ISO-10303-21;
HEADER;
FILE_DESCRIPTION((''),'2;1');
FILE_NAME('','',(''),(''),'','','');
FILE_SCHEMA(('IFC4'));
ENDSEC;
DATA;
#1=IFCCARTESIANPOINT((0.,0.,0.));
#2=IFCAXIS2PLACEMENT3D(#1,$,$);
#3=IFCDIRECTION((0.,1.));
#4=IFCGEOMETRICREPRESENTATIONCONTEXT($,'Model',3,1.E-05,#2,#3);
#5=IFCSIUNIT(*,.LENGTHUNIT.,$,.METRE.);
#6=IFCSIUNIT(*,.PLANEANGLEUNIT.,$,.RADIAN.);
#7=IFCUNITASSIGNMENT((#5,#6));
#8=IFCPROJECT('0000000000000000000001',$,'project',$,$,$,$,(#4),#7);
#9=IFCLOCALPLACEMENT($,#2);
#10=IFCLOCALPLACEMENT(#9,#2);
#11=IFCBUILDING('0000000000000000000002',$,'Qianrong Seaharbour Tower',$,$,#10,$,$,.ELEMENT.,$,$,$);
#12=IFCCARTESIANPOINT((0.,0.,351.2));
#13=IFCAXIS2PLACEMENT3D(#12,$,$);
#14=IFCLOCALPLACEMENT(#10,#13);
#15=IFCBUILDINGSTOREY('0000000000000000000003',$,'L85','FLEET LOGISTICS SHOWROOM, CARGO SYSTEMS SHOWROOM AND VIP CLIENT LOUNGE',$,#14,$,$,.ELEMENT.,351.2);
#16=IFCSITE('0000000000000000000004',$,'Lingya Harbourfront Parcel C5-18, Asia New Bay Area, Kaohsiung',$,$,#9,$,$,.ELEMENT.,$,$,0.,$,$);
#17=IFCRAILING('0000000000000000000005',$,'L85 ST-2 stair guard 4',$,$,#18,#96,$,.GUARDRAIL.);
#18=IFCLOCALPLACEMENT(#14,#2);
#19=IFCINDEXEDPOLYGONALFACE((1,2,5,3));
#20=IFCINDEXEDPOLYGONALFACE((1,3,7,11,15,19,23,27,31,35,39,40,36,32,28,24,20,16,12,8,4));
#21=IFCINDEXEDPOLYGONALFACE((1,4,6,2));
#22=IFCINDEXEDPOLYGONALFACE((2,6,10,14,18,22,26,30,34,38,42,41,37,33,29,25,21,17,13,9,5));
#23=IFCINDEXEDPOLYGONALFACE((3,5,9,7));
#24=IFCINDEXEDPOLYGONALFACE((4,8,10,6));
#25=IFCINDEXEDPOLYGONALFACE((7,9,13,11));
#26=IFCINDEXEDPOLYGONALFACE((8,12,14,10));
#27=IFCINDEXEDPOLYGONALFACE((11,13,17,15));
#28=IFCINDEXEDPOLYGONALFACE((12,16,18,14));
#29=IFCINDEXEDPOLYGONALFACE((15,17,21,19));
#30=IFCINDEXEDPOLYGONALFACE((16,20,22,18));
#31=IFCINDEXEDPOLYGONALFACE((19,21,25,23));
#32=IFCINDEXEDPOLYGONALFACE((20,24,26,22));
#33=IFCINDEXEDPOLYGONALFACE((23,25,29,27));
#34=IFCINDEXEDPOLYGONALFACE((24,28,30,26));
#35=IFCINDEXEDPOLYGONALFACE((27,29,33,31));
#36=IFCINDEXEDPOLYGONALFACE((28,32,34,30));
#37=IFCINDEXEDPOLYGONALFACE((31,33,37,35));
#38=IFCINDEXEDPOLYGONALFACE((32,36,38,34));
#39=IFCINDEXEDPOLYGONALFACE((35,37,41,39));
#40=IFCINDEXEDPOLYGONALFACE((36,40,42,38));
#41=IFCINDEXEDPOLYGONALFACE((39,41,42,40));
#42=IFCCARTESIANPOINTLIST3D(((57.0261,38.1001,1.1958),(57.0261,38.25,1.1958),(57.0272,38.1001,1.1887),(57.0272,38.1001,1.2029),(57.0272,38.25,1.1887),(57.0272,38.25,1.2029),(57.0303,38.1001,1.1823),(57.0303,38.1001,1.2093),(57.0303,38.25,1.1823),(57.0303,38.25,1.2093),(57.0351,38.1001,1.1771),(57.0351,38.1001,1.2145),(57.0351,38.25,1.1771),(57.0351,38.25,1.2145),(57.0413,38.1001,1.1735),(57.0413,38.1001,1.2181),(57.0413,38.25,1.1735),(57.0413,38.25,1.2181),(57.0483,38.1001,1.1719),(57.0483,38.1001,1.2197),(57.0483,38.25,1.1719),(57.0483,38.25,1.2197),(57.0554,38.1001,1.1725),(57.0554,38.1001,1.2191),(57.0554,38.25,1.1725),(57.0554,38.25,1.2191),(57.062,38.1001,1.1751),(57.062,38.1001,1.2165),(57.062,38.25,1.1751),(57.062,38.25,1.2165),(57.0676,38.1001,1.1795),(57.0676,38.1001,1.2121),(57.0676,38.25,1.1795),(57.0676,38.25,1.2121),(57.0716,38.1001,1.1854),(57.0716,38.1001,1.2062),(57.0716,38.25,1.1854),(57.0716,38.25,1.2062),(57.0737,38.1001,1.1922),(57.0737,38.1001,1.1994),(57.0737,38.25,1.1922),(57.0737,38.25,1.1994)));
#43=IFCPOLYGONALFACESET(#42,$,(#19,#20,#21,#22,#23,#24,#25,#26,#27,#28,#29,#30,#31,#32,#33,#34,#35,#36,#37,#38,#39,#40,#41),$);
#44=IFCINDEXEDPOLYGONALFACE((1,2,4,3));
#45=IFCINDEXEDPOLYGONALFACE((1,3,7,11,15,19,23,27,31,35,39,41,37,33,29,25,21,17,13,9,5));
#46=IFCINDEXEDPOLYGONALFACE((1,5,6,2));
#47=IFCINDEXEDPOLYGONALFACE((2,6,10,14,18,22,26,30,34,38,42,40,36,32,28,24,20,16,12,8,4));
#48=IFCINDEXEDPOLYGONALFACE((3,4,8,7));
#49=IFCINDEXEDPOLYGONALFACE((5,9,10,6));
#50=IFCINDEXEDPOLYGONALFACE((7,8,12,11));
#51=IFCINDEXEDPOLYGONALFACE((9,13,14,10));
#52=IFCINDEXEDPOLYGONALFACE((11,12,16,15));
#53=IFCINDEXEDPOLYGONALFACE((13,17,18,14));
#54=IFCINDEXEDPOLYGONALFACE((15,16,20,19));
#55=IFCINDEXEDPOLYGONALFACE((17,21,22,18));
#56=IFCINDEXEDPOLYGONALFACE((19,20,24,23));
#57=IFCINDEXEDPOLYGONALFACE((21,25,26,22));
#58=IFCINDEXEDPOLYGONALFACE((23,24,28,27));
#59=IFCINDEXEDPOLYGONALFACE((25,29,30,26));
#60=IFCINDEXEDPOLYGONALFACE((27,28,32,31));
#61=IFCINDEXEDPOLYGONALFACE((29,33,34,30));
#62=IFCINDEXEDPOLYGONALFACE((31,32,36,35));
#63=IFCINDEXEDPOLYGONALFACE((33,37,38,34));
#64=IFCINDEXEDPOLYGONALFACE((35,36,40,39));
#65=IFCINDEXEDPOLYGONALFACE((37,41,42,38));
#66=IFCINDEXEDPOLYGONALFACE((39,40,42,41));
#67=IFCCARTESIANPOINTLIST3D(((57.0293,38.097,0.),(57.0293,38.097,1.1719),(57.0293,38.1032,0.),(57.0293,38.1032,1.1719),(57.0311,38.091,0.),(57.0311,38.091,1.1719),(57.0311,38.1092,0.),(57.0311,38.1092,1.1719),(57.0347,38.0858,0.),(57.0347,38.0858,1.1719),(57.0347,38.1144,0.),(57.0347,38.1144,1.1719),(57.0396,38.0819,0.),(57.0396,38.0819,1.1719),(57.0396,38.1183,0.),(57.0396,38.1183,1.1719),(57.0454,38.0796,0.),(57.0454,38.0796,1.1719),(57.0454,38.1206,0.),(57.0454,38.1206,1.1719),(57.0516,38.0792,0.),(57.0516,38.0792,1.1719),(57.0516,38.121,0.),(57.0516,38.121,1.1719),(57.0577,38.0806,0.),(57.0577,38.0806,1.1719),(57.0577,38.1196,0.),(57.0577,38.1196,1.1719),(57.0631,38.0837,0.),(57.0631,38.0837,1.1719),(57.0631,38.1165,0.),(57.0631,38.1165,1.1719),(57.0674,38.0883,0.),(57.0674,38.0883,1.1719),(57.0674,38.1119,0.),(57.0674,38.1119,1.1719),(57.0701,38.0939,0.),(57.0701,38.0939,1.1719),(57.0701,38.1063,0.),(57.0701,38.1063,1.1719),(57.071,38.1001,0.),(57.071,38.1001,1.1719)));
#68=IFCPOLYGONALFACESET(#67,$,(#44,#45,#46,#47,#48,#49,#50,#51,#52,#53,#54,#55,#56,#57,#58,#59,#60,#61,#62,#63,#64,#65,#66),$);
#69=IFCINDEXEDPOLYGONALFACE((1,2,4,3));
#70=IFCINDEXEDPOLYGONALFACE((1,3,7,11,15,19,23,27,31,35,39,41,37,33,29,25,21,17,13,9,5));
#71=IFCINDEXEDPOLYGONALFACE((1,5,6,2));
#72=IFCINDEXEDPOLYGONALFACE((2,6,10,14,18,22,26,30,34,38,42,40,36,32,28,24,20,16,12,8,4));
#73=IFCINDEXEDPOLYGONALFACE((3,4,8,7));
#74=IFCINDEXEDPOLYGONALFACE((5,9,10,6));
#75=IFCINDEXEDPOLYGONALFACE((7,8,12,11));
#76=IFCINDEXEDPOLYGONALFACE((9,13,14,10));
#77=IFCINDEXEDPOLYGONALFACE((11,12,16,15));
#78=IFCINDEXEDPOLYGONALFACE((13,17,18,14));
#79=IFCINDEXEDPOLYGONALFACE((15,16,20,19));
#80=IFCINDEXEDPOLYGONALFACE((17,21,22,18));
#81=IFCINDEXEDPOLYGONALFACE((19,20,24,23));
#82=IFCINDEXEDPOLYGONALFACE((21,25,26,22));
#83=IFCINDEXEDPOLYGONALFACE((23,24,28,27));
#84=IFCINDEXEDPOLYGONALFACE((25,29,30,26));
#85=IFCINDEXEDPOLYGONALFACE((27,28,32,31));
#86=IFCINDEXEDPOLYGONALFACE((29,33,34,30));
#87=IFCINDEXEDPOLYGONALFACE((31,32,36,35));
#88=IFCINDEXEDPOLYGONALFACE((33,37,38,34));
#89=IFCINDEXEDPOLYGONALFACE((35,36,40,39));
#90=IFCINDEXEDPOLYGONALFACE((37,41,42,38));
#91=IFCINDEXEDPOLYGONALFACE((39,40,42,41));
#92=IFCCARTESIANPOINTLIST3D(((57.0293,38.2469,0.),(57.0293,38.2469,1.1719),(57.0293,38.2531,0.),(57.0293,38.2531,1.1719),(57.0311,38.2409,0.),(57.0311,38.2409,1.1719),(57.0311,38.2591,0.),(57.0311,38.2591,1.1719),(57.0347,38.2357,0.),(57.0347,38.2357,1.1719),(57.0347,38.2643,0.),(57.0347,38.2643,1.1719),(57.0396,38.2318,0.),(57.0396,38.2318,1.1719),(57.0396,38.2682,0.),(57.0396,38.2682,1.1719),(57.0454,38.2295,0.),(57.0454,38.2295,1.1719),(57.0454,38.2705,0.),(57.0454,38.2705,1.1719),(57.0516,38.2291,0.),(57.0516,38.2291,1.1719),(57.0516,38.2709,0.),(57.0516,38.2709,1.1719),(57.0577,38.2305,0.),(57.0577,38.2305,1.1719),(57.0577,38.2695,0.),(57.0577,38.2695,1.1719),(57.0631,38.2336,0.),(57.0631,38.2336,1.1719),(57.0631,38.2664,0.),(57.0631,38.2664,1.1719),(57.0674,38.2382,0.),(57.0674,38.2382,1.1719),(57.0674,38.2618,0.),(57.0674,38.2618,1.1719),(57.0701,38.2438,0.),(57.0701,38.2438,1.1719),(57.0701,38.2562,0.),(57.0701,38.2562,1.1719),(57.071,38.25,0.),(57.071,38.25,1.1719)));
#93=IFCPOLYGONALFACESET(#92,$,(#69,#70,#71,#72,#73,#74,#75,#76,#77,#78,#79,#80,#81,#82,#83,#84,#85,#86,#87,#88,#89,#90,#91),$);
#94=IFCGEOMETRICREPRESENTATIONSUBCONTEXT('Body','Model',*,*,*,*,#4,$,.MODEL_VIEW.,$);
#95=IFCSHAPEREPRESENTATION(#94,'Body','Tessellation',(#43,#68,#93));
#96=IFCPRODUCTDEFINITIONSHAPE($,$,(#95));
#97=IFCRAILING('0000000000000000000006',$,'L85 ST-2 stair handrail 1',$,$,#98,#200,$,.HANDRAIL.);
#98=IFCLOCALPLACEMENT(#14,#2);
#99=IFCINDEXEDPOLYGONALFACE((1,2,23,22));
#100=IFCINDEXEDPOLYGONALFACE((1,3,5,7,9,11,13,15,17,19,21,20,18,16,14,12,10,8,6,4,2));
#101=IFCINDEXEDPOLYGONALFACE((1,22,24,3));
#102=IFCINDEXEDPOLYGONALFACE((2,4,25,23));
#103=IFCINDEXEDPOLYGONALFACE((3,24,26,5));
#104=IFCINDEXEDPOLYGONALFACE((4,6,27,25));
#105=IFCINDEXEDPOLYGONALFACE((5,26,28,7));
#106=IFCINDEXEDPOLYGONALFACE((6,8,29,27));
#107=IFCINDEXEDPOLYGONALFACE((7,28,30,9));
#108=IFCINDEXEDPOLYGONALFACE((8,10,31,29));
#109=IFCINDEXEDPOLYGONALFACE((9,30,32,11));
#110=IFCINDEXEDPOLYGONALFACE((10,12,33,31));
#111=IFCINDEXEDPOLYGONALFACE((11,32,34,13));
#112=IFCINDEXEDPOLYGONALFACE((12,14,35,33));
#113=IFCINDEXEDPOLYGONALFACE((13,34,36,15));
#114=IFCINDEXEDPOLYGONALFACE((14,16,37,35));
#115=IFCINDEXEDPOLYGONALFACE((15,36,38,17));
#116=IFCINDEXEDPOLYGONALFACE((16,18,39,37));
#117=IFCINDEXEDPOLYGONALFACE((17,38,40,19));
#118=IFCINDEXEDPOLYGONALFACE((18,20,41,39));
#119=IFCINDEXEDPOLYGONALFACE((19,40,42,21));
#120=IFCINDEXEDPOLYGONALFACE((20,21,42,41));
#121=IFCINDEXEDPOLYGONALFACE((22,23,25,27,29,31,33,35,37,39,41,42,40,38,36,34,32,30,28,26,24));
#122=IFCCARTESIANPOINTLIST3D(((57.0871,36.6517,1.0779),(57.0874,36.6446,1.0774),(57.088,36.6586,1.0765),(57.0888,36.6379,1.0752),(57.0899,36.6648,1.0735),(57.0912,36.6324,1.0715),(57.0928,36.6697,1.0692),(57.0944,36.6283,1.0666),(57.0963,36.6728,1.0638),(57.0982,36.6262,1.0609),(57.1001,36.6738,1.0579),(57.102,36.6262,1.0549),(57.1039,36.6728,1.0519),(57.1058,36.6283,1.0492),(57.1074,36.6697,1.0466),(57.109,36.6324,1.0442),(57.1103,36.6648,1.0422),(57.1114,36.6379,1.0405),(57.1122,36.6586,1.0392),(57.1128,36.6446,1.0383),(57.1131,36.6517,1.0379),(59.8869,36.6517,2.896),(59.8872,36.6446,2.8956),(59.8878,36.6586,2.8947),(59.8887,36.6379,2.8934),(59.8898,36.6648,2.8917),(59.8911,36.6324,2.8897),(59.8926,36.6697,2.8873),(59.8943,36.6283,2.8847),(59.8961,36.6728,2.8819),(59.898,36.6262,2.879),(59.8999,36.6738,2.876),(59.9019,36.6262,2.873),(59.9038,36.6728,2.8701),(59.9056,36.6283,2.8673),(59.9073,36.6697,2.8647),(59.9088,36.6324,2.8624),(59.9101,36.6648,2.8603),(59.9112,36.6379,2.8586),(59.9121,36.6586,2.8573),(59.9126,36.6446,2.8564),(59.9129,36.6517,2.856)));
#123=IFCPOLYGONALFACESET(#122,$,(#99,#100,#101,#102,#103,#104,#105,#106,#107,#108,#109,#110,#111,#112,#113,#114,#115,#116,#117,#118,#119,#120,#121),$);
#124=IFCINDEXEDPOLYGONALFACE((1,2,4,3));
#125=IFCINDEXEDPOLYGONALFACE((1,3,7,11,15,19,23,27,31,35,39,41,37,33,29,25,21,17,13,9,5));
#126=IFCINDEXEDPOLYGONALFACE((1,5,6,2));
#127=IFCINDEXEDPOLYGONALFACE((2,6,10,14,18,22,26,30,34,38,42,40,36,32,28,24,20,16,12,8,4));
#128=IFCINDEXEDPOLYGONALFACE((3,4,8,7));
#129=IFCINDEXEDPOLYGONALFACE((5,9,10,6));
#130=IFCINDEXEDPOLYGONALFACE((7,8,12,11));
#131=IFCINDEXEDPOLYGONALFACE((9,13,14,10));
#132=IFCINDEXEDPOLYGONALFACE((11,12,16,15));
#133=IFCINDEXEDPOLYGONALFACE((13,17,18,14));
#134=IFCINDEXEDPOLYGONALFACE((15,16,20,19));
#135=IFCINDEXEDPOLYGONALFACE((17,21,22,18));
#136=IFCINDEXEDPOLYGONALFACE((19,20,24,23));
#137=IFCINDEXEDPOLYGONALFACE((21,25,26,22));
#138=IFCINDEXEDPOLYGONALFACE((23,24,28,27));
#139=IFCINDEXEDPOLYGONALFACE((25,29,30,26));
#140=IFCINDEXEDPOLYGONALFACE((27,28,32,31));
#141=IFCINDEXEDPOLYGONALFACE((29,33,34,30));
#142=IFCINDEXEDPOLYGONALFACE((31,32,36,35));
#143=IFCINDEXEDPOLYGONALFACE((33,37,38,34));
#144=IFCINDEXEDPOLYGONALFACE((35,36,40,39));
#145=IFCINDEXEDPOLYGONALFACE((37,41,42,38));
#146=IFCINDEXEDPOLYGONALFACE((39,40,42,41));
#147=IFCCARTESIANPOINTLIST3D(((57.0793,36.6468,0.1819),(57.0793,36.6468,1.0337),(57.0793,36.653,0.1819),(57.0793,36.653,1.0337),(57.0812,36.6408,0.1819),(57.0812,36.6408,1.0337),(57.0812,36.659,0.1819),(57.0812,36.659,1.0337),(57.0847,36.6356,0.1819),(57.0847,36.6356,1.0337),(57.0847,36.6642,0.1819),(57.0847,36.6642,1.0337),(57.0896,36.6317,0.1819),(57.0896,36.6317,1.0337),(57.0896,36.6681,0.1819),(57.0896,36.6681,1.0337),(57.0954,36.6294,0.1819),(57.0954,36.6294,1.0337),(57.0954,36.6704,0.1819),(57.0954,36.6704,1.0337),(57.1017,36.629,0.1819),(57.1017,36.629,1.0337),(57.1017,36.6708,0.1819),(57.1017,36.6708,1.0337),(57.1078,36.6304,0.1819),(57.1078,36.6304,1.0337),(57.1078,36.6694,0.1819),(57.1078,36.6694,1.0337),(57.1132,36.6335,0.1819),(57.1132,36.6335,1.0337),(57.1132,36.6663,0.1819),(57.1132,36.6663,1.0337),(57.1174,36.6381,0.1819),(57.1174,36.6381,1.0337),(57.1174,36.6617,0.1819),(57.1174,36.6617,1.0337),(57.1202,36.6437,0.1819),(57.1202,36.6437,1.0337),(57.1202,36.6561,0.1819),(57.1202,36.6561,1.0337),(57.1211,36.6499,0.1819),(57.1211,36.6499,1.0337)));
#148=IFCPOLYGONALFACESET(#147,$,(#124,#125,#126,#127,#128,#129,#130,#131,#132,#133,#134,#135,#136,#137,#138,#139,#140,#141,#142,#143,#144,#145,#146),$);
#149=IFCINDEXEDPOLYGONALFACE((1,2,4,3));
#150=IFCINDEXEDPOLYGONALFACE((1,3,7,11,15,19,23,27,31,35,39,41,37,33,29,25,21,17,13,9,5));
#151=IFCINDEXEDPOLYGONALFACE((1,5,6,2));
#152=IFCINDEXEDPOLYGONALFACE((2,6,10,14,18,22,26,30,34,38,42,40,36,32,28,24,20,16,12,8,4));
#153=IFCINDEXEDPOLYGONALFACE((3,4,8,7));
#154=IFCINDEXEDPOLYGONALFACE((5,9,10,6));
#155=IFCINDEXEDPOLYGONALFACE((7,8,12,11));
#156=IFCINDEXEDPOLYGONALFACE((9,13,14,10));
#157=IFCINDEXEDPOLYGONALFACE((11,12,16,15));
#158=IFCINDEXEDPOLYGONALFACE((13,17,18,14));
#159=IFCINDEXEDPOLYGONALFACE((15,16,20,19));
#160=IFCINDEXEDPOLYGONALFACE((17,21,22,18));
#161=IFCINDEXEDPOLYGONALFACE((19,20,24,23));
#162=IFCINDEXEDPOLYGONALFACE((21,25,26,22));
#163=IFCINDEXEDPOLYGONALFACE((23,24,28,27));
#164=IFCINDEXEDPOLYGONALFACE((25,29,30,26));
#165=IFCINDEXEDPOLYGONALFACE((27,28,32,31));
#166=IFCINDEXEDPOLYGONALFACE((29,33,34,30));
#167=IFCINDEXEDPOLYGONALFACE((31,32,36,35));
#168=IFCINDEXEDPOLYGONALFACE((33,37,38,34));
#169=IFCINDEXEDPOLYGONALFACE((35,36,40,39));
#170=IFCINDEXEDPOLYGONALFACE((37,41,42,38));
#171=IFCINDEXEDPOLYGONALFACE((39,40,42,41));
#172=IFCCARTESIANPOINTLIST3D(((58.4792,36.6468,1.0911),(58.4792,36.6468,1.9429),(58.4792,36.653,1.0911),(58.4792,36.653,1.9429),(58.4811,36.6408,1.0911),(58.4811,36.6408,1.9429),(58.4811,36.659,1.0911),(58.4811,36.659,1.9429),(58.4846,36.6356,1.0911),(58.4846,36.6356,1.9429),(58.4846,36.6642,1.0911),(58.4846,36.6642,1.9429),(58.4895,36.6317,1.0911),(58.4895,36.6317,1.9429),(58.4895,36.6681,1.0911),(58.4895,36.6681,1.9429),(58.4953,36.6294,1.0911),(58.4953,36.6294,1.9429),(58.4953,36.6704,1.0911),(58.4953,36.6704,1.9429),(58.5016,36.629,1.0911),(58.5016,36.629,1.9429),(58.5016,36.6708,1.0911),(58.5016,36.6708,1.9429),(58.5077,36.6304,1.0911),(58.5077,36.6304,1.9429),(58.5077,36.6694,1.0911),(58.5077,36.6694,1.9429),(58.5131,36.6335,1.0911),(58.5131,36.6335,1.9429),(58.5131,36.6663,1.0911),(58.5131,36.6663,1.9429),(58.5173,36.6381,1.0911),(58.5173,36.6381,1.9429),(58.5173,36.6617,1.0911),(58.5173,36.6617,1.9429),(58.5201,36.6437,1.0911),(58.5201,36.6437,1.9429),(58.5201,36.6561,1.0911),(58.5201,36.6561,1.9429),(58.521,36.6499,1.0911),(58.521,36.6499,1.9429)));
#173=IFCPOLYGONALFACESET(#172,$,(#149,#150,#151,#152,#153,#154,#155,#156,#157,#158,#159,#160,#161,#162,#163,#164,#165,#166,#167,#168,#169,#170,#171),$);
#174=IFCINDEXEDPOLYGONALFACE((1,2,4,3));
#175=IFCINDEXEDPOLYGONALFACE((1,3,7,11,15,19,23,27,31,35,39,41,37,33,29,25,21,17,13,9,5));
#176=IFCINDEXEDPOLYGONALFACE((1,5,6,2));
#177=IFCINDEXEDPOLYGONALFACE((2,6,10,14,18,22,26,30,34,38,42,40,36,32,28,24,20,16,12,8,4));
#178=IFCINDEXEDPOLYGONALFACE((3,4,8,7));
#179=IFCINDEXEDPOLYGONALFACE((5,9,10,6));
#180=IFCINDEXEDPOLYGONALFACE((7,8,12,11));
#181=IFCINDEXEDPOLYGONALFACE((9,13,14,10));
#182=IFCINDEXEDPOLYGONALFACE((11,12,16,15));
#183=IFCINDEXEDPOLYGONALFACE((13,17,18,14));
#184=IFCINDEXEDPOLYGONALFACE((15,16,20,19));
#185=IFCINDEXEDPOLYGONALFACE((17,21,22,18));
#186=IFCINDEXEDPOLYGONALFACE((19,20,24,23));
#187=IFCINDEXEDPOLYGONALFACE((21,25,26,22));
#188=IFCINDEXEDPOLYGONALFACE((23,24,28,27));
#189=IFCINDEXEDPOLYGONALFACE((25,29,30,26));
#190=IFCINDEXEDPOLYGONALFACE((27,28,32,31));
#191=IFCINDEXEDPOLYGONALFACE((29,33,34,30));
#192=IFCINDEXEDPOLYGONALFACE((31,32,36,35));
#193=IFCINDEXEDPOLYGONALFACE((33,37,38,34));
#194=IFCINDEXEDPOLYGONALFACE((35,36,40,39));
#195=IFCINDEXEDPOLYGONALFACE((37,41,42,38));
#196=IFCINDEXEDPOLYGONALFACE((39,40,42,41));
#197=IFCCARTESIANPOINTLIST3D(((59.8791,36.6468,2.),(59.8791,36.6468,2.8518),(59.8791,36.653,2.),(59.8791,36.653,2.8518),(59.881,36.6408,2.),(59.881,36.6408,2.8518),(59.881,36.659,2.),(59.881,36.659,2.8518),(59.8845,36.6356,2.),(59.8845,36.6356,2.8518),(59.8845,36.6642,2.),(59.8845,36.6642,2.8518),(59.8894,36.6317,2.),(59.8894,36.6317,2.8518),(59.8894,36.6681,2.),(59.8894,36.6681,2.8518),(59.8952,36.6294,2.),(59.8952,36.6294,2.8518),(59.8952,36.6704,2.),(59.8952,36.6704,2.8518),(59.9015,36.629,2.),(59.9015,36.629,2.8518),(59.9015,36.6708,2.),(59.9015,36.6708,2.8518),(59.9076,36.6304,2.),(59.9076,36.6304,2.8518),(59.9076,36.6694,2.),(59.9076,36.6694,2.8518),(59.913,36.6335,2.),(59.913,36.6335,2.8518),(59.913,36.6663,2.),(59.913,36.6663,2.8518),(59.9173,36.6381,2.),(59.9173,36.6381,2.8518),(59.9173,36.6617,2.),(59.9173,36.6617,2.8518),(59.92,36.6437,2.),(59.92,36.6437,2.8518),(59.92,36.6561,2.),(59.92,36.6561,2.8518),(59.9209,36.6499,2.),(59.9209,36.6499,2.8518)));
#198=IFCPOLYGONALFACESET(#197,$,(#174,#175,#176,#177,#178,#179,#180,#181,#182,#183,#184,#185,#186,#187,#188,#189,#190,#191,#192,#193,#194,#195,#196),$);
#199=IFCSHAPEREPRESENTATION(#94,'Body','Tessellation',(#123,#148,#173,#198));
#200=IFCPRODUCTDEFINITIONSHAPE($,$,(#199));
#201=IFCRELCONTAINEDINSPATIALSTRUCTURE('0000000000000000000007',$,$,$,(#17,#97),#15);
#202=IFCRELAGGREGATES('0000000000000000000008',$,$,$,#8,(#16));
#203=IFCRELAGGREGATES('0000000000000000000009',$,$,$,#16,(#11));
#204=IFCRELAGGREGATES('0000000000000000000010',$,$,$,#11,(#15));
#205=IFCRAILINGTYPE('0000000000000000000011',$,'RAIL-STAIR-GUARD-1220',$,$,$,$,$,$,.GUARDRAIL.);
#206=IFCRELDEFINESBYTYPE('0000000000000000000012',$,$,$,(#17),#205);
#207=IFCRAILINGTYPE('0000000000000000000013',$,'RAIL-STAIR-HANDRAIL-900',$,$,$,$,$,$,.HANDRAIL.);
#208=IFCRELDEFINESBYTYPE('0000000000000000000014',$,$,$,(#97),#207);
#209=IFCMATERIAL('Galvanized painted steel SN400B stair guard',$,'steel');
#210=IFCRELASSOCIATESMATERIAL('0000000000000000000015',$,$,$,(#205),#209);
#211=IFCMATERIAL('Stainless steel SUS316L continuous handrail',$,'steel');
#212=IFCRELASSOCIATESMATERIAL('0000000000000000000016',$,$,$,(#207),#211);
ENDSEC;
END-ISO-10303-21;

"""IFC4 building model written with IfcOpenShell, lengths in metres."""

from ifc_helpers import new_model, si_unit, direction, frame, origin, origin_2d, place, context, subcontext, project, spatial, circle, extrude, material, type_object, element, save


model = new_model("IFC4")

# Units and contexts
model_context = context("Model", 3, precision=1e-05, world=origin(), true_north=direction((0.0, 1.0)))
body_context = subcontext(model_context, "Body", "Model", "MODEL_VIEW")
ifc_project = project(units=[si_unit("LENGTHUNIT", "METRE"), si_unit("PLANEANGLEUNIT", "RADIAN")], contexts=[model_context])

# Site, building, storey
site_placement = place(None, origin())
site = spatial("IfcSite", under=ifc_project, at=site_placement, Name="Lingya Harbourfront Parcel C5-18, Asia New Bay Area, Kaohsiung", CompositionType="ELEMENT", RefElevation=0.0)
building_placement = place(site_placement, origin())
building = spatial("IfcBuilding", under=site, at=building_placement, Name="Qianrong Seaharbour Tower", CompositionType="ELEMENT")
storey_placement = place(building_placement, frame((0.0, 0.0, 351.2)))
storey = spatial("IfcBuildingStorey", under=building, at=storey_placement, Name="L85", Description="FLEET LOGISTICS SHOWROOM, CARGO SYSTEMS SHOWROOM AND VIP CLIENT LOUNGE", CompositionType="ELEMENT", Elevation=351.2)

# Railings
ifc_material_1 = material(Name="Galvanized painted steel SN400B stair guard", Category="steel")
railing_type_1 = type_object("IfcRailingType", Name="RAIL-STAIR-GUARD-1220", PredefinedType="GUARDRAIL", material=ifc_material_1)
railing_1_placement = place(storey_placement, frame((57.05, 38.1001, 0.0)))
element("IfcRailing", 1, at=railing_1_placement, inside=storey, type_object=railing_type_1, Name="L85 ST-2 stair guard 4", PredefinedType="GUARDRAIL", context=body_context, shape_type="SweptSolid", body=[
    extrude(circle(Radius=0.0239, at=origin_2d()), frame((0.0, 0.0, 1.1958), z_axis=(0.0, 1.0, 0.0), x_axis=(-1.0, 0.0, 0.0)), (0.0, 0.0, 1.0), 0.1499),
    extrude(circle(Radius=0.021, at=origin_2d()), origin(), (0.0, 0.0, 1.0), 1.1719),
    extrude(circle(Radius=0.021, at=origin_2d()), frame((0.0, 0.1499, 0.0)), (0.0, 0.0, 1.0), 1.1719),
])
ifc_material_2 = material(Name="Stainless steel SUS316L continuous handrail", Category="steel")
railing_type_2 = type_object("IfcRailingType", Name="RAIL-STAIR-HANDRAIL-900", PredefinedType="HANDRAIL", material=ifc_material_2)
railing_2_placement = place(storey_placement, frame((57.1001, 36.6499, 0.1819)))
element("IfcRailing", 2, at=railing_2_placement, inside=storey, type_object=railing_type_2, Name="L85 ST-2 stair handrail 1", PredefinedType="HANDRAIL", context=body_context, shape_type="SweptSolid", body=[
    extrude(circle(Radius=0.0239, at=origin_2d()), frame((0.0, 0.0, 0.876), z_axis=(0.838684, 0.0, 0.544618), x_axis=(0.0, 1.0, 0.0)), (0.0, 0.0, 1.0), 3.3384),
    extrude(circle(Radius=0.021, at=origin_2d()), origin(), (0.0, 0.0, 1.0), 0.8518),
    extrude(circle(Radius=0.021, at=origin_2d()), frame((1.3999, 0.0, 0.9092)), (0.0, 0.0, 1.0), 0.8518),
    extrude(circle(Radius=0.021, at=origin_2d()), frame((2.7998, 0.0, 1.8181)), (0.0, 0.0, 1.0), 0.8518),
])

save(model, "model.ifc")
